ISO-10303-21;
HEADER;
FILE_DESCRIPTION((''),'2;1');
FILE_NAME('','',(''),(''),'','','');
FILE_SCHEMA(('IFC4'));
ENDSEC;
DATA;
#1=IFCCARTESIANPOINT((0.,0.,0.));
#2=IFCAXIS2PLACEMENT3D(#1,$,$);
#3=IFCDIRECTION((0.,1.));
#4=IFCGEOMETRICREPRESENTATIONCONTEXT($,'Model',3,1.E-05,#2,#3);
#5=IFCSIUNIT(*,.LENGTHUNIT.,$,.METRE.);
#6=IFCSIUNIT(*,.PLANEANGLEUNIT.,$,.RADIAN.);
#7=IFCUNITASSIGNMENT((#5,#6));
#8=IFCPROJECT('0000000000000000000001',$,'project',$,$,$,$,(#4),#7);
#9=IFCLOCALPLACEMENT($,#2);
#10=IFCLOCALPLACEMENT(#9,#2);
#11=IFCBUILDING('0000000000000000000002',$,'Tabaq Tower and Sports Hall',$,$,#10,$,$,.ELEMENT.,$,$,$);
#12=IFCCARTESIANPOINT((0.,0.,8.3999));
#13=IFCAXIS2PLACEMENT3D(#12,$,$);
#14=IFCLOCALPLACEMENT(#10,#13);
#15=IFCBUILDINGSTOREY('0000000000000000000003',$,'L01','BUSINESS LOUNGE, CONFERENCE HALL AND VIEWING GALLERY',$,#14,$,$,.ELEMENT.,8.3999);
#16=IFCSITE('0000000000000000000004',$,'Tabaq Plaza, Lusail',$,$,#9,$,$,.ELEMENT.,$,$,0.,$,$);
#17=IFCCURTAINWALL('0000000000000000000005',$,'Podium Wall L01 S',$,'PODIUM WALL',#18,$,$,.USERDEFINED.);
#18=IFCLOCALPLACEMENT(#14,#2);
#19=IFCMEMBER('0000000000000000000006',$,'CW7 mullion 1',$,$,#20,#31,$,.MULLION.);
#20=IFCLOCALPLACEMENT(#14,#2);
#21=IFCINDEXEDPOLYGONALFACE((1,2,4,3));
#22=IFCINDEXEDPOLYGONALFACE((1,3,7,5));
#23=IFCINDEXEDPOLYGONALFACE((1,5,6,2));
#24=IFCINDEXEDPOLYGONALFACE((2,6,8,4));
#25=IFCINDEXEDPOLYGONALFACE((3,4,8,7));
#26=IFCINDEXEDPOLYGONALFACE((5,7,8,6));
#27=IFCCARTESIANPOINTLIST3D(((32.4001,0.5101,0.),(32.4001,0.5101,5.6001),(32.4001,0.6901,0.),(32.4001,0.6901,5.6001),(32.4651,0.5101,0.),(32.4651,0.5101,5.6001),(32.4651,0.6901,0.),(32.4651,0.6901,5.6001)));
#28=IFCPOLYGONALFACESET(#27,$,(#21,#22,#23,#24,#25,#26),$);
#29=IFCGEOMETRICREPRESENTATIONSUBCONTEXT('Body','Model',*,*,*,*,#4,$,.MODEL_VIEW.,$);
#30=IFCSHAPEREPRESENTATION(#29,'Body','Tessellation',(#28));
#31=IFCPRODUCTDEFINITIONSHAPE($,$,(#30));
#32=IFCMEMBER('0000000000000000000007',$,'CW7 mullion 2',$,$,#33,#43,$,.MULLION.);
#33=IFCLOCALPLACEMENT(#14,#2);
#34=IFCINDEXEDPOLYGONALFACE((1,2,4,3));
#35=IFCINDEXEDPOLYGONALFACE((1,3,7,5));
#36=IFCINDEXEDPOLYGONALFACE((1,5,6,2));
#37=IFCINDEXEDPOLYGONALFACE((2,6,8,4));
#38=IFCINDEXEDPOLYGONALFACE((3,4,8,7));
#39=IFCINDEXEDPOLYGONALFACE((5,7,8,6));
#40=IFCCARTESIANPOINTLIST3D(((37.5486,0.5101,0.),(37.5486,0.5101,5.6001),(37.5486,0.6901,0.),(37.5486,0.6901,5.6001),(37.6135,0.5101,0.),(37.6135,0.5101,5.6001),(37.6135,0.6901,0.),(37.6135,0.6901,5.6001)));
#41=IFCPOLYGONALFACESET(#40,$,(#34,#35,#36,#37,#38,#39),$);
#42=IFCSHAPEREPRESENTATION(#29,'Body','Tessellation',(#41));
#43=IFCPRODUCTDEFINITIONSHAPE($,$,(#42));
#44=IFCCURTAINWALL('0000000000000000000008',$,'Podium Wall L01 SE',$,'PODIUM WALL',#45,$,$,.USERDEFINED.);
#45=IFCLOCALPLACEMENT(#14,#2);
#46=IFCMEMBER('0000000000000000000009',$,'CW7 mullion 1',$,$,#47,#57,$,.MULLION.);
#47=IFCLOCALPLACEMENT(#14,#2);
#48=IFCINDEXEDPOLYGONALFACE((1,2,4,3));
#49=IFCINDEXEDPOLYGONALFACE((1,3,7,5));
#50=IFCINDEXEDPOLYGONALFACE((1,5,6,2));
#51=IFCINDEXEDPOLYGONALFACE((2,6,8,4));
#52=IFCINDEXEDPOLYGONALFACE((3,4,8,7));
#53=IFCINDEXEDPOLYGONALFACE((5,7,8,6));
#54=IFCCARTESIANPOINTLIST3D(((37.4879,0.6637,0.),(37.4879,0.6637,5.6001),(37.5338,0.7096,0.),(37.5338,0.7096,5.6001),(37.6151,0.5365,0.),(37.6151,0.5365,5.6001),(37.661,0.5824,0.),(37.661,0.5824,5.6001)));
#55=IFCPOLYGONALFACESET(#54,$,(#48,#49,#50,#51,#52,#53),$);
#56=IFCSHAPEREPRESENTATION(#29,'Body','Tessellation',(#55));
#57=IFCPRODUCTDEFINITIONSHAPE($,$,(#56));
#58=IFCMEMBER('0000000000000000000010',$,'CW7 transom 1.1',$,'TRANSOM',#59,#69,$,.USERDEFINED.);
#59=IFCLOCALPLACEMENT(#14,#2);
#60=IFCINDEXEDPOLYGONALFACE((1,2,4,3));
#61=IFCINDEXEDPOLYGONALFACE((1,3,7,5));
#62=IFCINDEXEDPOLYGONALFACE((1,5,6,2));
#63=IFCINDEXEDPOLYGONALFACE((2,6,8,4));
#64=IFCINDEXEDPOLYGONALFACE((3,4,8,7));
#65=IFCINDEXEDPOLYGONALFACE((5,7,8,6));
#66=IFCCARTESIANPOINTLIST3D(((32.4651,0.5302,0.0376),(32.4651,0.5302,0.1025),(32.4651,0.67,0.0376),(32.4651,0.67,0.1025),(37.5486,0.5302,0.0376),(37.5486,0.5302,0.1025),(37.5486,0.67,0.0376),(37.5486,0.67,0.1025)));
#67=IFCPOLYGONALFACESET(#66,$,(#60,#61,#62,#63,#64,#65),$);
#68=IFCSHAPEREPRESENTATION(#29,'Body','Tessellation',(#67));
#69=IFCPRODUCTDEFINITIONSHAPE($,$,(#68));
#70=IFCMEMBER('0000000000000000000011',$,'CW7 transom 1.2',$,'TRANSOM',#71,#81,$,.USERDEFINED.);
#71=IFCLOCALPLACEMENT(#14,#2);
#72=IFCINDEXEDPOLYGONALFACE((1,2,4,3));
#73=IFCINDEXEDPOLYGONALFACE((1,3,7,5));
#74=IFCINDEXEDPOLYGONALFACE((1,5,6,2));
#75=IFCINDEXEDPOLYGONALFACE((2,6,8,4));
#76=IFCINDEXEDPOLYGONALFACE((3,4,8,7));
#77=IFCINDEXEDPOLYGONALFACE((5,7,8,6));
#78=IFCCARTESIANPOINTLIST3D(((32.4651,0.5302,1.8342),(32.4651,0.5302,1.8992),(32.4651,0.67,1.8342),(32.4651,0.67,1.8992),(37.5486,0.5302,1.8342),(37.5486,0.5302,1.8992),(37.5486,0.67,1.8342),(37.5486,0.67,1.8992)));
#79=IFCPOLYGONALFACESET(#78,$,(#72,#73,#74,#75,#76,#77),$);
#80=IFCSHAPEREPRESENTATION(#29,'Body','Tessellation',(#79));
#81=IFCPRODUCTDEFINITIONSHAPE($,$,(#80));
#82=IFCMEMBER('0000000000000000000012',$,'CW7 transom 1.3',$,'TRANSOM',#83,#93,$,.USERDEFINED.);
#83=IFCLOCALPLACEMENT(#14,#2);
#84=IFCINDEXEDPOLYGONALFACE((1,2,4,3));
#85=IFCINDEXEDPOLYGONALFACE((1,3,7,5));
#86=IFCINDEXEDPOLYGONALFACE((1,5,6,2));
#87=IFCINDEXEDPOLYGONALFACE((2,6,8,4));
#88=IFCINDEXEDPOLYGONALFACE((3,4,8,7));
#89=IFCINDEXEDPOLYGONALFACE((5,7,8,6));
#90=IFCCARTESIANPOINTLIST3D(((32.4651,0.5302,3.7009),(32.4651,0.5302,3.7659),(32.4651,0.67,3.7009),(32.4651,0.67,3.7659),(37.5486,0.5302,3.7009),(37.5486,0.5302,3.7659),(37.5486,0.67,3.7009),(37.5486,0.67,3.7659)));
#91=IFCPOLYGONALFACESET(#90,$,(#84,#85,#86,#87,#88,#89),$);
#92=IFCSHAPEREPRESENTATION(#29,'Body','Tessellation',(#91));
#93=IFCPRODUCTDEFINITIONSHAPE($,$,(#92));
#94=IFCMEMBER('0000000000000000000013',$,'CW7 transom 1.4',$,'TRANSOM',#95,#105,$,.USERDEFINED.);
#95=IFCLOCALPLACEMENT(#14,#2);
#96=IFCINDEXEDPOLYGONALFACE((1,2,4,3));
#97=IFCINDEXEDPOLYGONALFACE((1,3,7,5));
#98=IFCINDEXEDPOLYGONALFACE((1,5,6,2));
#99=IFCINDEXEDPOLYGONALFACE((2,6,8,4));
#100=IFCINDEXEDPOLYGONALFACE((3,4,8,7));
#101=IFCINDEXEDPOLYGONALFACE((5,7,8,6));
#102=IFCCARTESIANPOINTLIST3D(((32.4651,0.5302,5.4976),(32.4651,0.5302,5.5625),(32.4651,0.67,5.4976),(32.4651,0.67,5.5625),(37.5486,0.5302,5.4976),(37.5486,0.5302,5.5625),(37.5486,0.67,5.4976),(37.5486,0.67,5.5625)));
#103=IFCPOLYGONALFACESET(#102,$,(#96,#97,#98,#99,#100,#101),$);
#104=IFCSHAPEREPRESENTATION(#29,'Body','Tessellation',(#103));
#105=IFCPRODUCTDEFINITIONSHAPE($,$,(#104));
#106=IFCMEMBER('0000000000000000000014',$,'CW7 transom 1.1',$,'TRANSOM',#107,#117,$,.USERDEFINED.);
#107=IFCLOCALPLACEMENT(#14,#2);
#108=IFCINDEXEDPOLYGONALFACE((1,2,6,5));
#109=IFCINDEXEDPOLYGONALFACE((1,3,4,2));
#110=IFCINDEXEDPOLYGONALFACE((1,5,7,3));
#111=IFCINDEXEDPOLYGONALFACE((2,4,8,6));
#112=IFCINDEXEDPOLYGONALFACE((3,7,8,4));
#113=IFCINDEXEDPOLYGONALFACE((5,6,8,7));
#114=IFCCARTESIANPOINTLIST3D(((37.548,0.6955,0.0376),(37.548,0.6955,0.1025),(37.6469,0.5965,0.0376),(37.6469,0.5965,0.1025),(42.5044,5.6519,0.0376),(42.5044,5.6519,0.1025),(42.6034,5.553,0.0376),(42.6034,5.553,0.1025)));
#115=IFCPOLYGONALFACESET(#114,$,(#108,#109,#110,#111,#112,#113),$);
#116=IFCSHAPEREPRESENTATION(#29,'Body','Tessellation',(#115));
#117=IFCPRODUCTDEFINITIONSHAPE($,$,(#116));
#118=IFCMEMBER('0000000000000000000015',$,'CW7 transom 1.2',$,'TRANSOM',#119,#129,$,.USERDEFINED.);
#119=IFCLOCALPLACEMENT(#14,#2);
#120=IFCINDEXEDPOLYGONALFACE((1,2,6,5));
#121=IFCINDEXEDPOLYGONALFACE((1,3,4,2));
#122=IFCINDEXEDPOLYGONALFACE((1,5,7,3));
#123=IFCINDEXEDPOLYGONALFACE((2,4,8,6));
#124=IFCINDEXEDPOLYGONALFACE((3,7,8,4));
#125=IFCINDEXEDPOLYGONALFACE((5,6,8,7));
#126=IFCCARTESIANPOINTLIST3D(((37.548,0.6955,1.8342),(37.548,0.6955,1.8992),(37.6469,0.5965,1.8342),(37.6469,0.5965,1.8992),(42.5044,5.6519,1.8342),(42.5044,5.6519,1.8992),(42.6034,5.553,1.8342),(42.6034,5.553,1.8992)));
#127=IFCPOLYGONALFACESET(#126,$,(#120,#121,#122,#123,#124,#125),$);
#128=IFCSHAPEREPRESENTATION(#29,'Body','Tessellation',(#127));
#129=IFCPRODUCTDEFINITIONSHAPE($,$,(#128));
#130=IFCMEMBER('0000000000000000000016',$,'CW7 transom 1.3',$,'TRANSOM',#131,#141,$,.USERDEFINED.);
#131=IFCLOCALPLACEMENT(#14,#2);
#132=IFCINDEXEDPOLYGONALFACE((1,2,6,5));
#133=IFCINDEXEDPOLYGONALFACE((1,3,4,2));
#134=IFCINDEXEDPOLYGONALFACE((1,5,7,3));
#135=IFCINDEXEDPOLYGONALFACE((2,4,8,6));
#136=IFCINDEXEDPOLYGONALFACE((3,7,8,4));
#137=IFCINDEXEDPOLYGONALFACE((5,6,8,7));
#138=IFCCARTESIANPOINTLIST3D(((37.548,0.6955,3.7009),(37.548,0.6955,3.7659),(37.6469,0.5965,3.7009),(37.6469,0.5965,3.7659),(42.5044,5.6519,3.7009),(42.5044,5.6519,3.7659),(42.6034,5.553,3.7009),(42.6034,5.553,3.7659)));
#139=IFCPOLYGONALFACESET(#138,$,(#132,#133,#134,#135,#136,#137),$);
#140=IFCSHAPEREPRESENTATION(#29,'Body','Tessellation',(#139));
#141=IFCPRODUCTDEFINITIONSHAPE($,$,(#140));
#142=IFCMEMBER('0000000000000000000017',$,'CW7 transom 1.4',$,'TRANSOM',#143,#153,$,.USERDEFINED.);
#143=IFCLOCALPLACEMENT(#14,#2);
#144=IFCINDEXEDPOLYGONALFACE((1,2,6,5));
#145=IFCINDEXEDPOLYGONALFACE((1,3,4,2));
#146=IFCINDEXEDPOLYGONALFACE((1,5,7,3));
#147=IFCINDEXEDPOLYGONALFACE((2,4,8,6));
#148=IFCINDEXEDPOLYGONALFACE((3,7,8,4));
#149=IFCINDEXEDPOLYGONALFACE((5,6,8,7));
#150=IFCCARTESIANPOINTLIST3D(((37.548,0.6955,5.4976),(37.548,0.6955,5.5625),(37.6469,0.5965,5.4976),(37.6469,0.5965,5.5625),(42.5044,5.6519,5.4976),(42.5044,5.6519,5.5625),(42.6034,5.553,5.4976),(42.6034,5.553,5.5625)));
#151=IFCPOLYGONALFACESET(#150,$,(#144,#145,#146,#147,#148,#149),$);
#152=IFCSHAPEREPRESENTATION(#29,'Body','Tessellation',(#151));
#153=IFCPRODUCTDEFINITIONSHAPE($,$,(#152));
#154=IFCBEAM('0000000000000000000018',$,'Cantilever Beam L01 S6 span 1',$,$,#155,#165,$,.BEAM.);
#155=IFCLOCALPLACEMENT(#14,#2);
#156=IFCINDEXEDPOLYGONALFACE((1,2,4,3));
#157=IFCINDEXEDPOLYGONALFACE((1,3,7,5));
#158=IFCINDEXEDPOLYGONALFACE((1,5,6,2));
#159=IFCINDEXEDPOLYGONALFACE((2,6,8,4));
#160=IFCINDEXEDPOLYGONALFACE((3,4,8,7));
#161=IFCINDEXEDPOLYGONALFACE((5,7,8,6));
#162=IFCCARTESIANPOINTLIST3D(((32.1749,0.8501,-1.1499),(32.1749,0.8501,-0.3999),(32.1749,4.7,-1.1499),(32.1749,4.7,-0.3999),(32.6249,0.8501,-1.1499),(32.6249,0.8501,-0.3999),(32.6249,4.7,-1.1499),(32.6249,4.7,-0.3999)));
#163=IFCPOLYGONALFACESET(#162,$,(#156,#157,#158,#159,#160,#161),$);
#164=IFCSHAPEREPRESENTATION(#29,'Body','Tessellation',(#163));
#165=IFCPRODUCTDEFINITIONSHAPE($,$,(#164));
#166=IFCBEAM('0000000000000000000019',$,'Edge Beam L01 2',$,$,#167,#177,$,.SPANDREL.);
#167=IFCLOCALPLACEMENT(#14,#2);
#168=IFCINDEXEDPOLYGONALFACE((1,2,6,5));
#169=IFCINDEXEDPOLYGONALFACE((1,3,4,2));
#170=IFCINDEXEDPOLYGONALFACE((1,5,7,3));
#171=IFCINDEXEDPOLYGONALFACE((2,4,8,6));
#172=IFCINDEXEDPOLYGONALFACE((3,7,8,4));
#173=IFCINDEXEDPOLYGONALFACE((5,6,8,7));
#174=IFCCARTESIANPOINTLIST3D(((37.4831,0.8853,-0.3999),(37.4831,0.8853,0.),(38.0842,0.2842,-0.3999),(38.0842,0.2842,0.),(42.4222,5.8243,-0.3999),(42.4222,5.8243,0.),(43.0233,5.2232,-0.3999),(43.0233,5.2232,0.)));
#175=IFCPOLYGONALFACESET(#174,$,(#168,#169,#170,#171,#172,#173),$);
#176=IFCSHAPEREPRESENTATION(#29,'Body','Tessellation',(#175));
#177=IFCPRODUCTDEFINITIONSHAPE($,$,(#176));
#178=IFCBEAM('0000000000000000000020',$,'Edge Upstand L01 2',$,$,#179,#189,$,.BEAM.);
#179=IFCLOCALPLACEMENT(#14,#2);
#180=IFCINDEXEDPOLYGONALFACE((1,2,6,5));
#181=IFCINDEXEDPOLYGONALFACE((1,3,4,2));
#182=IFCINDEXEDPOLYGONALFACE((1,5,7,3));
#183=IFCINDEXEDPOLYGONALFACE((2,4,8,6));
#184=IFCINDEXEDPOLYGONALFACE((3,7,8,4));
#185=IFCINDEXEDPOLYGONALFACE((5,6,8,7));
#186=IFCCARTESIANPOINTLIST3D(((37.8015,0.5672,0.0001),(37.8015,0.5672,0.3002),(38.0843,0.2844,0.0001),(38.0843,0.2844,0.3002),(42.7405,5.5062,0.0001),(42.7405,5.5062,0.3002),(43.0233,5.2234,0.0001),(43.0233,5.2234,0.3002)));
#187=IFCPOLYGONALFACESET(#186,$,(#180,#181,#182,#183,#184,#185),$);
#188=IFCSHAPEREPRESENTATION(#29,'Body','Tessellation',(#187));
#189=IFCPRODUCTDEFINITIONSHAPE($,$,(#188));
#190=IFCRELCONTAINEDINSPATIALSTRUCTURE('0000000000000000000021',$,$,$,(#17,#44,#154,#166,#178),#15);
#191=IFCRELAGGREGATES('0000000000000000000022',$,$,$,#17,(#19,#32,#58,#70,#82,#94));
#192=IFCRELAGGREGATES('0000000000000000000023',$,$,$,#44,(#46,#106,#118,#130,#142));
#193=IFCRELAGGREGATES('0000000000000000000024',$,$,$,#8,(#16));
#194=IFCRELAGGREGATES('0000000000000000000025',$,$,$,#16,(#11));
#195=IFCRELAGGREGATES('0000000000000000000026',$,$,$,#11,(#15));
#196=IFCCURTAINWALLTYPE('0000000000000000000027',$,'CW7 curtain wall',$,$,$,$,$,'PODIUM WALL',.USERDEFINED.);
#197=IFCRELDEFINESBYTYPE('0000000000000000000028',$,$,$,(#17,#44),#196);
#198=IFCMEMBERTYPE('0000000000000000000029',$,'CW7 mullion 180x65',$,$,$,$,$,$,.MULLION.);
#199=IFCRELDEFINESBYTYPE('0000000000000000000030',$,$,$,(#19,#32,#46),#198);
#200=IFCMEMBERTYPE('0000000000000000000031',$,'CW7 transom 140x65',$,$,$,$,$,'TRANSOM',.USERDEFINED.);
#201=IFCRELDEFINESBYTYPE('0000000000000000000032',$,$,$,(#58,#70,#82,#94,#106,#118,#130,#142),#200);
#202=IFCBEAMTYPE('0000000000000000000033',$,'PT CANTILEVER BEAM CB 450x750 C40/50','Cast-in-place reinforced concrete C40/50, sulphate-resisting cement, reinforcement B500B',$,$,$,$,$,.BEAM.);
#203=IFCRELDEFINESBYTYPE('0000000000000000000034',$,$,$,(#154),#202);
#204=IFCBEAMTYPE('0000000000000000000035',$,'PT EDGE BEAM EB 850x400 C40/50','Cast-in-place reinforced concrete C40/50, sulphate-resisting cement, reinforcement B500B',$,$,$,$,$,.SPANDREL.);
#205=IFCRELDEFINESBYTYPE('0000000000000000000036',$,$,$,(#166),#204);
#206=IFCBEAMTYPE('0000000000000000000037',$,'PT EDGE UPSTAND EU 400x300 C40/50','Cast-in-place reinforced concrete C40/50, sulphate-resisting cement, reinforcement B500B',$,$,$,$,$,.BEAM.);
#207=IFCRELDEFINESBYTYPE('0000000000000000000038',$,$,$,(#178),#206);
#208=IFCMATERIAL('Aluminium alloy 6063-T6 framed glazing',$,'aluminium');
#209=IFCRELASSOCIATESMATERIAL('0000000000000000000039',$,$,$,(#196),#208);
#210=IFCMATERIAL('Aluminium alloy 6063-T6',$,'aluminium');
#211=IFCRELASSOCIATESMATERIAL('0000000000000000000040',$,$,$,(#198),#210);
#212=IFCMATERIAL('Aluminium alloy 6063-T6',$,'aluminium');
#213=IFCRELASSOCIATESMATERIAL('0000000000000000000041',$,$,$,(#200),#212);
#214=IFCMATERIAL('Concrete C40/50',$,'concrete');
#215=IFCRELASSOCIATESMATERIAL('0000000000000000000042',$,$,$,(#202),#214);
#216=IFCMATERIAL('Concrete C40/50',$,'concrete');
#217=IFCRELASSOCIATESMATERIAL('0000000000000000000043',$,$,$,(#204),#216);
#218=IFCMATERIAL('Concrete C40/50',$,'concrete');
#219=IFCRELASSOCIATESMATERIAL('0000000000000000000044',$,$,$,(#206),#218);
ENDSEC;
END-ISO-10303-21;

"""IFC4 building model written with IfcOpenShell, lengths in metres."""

from ifc_helpers import new_model, si_unit, direction, frame, origin, origin_2d, place, context, subcontext, project, spatial, rectangle, extrude, material, material_profile, profile_set, type_object, element, aggregate, save


model = new_model("IFC4")

# Units and contexts
model_context = context("Model", 3, precision=1e-05, world=origin(), true_north=direction((0.0, 1.0)))
body_context = subcontext(model_context, "Body", "Model", "MODEL_VIEW")
ifc_project = project(units=[si_unit("LENGTHUNIT", "METRE"), si_unit("PLANEANGLEUNIT", "RADIAN")], contexts=[model_context])

# Site, building, storey
site_placement = place(None, origin())
site = spatial("IfcSite", under=ifc_project, at=site_placement, Name="Tabaq Plaza, Lusail", CompositionType="ELEMENT", RefElevation=0.0)
building_placement = place(site_placement, origin())
building = spatial("IfcBuilding", under=site, at=building_placement, Name="Tabaq Tower and Sports Hall", CompositionType="ELEMENT")
storey_placement = place(building_placement, frame((0.0, 0.0, 8.3999)))
storey = spatial("IfcBuildingStorey", under=building, at=storey_placement, Name="L01", Description="BUSINESS LOUNGE, CONFERENCE HALL AND VIEWING GALLERY", CompositionType="ELEMENT", Elevation=8.3999)

# Curtain wall, members
ifc_material_1 = material(Name="Aluminium alloy 6063-T6 framed glazing", Category="aluminium")
curtain_wall_type = type_object("IfcCurtainWallType", Name="CW7 curtain wall", ElementType="PODIUM WALL", PredefinedType="USERDEFINED", material=ifc_material_1)
curtain_wall_1_placement = place(storey_placement, origin())
curtain_wall_1 = element("IfcCurtainWall", 1, at=curtain_wall_1_placement, inside=storey, type_object=curtain_wall_type, Name="Podium Wall L01 S", ObjectType="PODIUM WALL", PredefinedType="USERDEFINED")
ifc_material_2 = material(Name="Aluminium alloy 6063-T6", Category="aluminium")
ifc_material_profile_1 = material_profile(ifc_material_2, rectangle(XDim=0.1799, YDim=0.0649, at=origin_2d()), Name="MULLION 180x65")
ifc_profile_set_1 = profile_set([ifc_material_profile_1], Name="Aluminium alloy 6063-T6")
member_type_1 = type_object("IfcMemberType", Name="CW7 mullion 180x65", PredefinedType="MULLION", material=ifc_profile_set_1)
member_1_placement = place(storey_placement, frame((32.4326, 0.6001, 0.0), z_axis=(0.0, 0.0, 1.0), x_axis=(0.0, 1.0, 0.0)))
member_1 = element("IfcMember", 2, at=member_1_placement, type_object=member_type_1, Name="CW7 mullion 1", PredefinedType="MULLION", context=body_context, shape_type="SweptSolid", body=[
    extrude(rectangle(XDim=0.1799, YDim=0.0649, at=origin_2d()), origin(), (0.0, 0.0, 1.0), 5.6001),
])
member_2_placement = place(storey_placement, frame((37.5811, 0.6001, 0.0), z_axis=(0.0, 0.0, 1.0), x_axis=(0.0, 1.0, 0.0)))
member_2 = element("IfcMember", 3, at=member_2_placement, type_object=member_type_1, Name="CW7 mullion 2", PredefinedType="MULLION", context=body_context, shape_type="SweptSolid", body=[
    extrude(rectangle(XDim=0.1799, YDim=0.0649, at=origin_2d()), origin(), (0.0, 0.0, 1.0), 5.6001),
])

# Curtain wall, member
curtain_wall_2_placement = place(storey_placement, origin())
curtain_wall_2 = element("IfcCurtainWall", 4, at=curtain_wall_2_placement, inside=storey, type_object=curtain_wall_type, Name="Podium Wall L01 SE", ObjectType="PODIUM WALL", PredefinedType="USERDEFINED")
member_3_placement = place(storey_placement, frame((37.5745, 0.623, 0.0), z_axis=(0.0, 0.0, 1.0), x_axis=(-0.707107, 0.707107, 0.0)))
member_3 = element("IfcMember", 5, at=member_3_placement, type_object=member_type_1, Name="CW7 mullion 1", PredefinedType="MULLION", context=body_context, shape_type="SweptSolid", body=[
    extrude(rectangle(XDim=0.1799, YDim=0.0649, at=origin_2d()), origin(), (0.0, 0.0, 1.0), 5.6001),
])

# Members
ifc_material_3 = material(Name="Aluminium alloy 6063-T6", Category="aluminium")
ifc_material_profile_2 = material_profile(ifc_material_3, rectangle(XDim=0.1399, YDim=0.0649, at=origin_2d()), Name="TRANSOM 140x65")
ifc_profile_set_2 = profile_set([ifc_material_profile_2], Name="Aluminium alloy 6063-T6")
member_type_2 = type_object("IfcMemberType", Name="CW7 transom 140x65", ElementType="TRANSOM", PredefinedType="USERDEFINED", material=ifc_profile_set_2)
member_4_placement = place(storey_placement, frame((32.4651, 0.6001, 0.0701), z_axis=(1.0, 0.0, 0.0), x_axis=(0.0, 1.0, 0.0)))
member_4 = element("IfcMember", 6, at=member_4_placement, type_object=member_type_2, Name="CW7 transom 1.1", ObjectType="TRANSOM", PredefinedType="USERDEFINED", context=body_context, shape_type="SweptSolid", body=[
    extrude(rectangle(XDim=0.1399, YDim=0.0649, at=origin_2d()), origin(), (0.0, 0.0, 1.0), 5.0835),
])
member_5_placement = place(storey_placement, frame((32.4651, 0.6001, 1.8667), z_axis=(1.0, 0.0, 0.0), x_axis=(0.0, 1.0, 0.0)))
member_5 = element("IfcMember", 7, at=member_5_placement, type_object=member_type_2, Name="CW7 transom 1.2", ObjectType="TRANSOM", PredefinedType="USERDEFINED", context=body_context, shape_type="SweptSolid", body=[
    extrude(rectangle(XDim=0.1399, YDim=0.0649, at=origin_2d()), origin(), (0.0, 0.0, 1.0), 5.0835),
])
member_6_placement = place(storey_placement, frame((32.4651, 0.6001, 3.7334), z_axis=(1.0, 0.0, 0.0), x_axis=(0.0, 1.0, 0.0)))
member_6 = element("IfcMember", 8, at=member_6_placement, type_object=member_type_2, Name="CW7 transom 1.3", ObjectType="TRANSOM", PredefinedType="USERDEFINED", context=body_context, shape_type="SweptSolid", body=[
    extrude(rectangle(XDim=0.1399, YDim=0.0649, at=origin_2d()), origin(), (0.0, 0.0, 1.0), 5.0835),
])
member_7_placement = place(storey_placement, frame((32.4651, 0.6001, 5.53), z_axis=(1.0, 0.0, 0.0), x_axis=(0.0, 1.0, 0.0)))
member_7 = element("IfcMember", 9, at=member_7_placement, type_object=member_type_2, Name="CW7 transom 1.4", ObjectType="TRANSOM", PredefinedType="USERDEFINED", context=body_context, shape_type="SweptSolid", body=[
    extrude(rectangle(XDim=0.1399, YDim=0.0649, at=origin_2d()), origin(), (0.0, 0.0, 1.0), 5.0835),
])
member_8_placement = place(storey_placement, frame((37.5974, 0.646, 0.0701), z_axis=(0.707107, 0.707107, 0.0), x_axis=(-0.707107, 0.707107, 0.0)))
member_8 = element("IfcMember", 10, at=member_8_placement, type_object=member_type_2, Name="CW7 transom 1.1", ObjectType="TRANSOM", PredefinedType="USERDEFINED", context=body_context, shape_type="SweptSolid", body=[
    extrude(rectangle(XDim=0.1399, YDim=0.0649, at=origin_2d()), origin(), (0.0, 0.0, 1.0), 7.0095),
])
member_9_placement = place(storey_placement, frame((37.5974, 0.646, 1.8667), z_axis=(0.707107, 0.707107, 0.0), x_axis=(-0.707107, 0.707107, 0.0)))
member_9 = element("IfcMember", 11, at=member_9_placement, type_object=member_type_2, Name="CW7 transom 1.2", ObjectType="TRANSOM", PredefinedType="USERDEFINED", context=body_context, shape_type="SweptSolid", body=[
    extrude(rectangle(XDim=0.1399, YDim=0.0649, at=origin_2d()), origin(), (0.0, 0.0, 1.0), 7.0095),
])
member_10_placement = place(storey_placement, frame((37.5974, 0.646, 3.7334), z_axis=(0.707107, 0.707107, 0.0), x_axis=(-0.707107, 0.707107, 0.0)))
member_10 = element("IfcMember", 12, at=member_10_placement, type_object=member_type_2, Name="CW7 transom 1.3", ObjectType="TRANSOM", PredefinedType="USERDEFINED", context=body_context, shape_type="SweptSolid", body=[
    extrude(rectangle(XDim=0.1399, YDim=0.0649, at=origin_2d()), origin(), (0.0, 0.0, 1.0), 7.0095),
])
member_11_placement = place(storey_placement, frame((37.5974, 0.646, 5.53), z_axis=(0.707107, 0.707107, 0.0), x_axis=(-0.707107, 0.707107, 0.0)))
member_11 = element("IfcMember", 13, at=member_11_placement, type_object=member_type_2, Name="CW7 transom 1.4", ObjectType="TRANSOM", PredefinedType="USERDEFINED", context=body_context, shape_type="SweptSolid", body=[
    extrude(rectangle(XDim=0.1399, YDim=0.0649, at=origin_2d()), origin(), (0.0, 0.0, 1.0), 7.0095),
])

# Beams
ifc_material_4 = material(Name="Concrete C40/50", Category="concrete")
ifc_material_profile_3 = material_profile(ifc_material_4, rectangle(XDim=0.45, YDim=0.75, at=origin_2d()), Name="CB 450x750")
ifc_profile_set_3 = profile_set([ifc_material_profile_3], Name="Concrete C40/50")
beam_type_1 = type_object("IfcBeamType", Name="PT CANTILEVER BEAM CB 450x750 C40/50", Description="Cast-in-place reinforced concrete C40/50, sulphate-resisting cement, reinforcement B500B", PredefinedType="BEAM", material=ifc_profile_set_3)
beam_1_placement = place(storey_placement, frame((32.3999, 0.8501, -0.7749), z_axis=(0.0, 1.0, 0.0), x_axis=(-1.0, 0.0, 0.0)))
element("IfcBeam", 14, at=beam_1_placement, inside=storey, type_object=beam_type_1, Name="Cantilever Beam L01 S6 span 1", PredefinedType="BEAM", context=body_context, shape_type="SweptSolid", body=[
    extrude(rectangle(XDim=0.45, YDim=0.75, at=origin_2d()), origin(), (0.0, 0.0, 1.0), 3.8499),
])
ifc_material_5 = material(Name="Concrete C40/50", Category="concrete")
ifc_material_profile_4 = material_profile(ifc_material_5, rectangle(XDim=0.8501, YDim=0.3999, at=origin_2d()), Name="EB 850x400")
ifc_profile_set_4 = profile_set([ifc_material_profile_4], Name="Concrete C40/50")
beam_type_2 = type_object("IfcBeamType", Name="PT EDGE BEAM EB 850x400 C40/50", Description="Cast-in-place reinforced concrete C40/50, sulphate-resisting cement, reinforcement B500B", PredefinedType="SPANDREL", material=ifc_profile_set_4)
beam_2_placement = place(storey_placement, frame((37.7837, 0.5847, -0.2), z_axis=(0.707107, 0.707107, 0.0), x_axis=(-0.707107, 0.707107, 0.0)))
element("IfcBeam", 15, at=beam_2_placement, inside=storey, type_object=beam_type_2, Name="Edge Beam L01 2", PredefinedType="SPANDREL", context=body_context, shape_type="SweptSolid", body=[
    extrude(rectangle(XDim=0.8501, YDim=0.3999, at=origin_2d()), origin(), (0.0, 0.0, 1.0), 6.9849),
])
ifc_material_6 = material(Name="Concrete C40/50", Category="concrete")
ifc_material_profile_5 = material_profile(ifc_material_6, rectangle(XDim=0.3999, YDim=0.3, at=origin_2d()), Name="EU 400x300")
ifc_profile_set_5 = profile_set([ifc_material_profile_5], Name="Concrete C40/50")
beam_type_3 = type_object("IfcBeamType", Name="PT EDGE UPSTAND EU 400x300 C40/50", Description="Cast-in-place reinforced concrete C40/50, sulphate-resisting cement, reinforcement B500B", PredefinedType="BEAM", material=ifc_profile_set_5)
beam_3_placement = place(storey_placement, frame((37.9429, 0.4258, 0.1501), z_axis=(0.707107, 0.707107, 0.0), x_axis=(-0.707107, 0.707107, 0.0)))
element("IfcBeam", 16, at=beam_3_placement, inside=storey, type_object=beam_type_3, Name="Edge Upstand L01 2", PredefinedType="BEAM", context=body_context, shape_type="SweptSolid", body=[
    extrude(rectangle(XDim=0.3999, YDim=0.3, at=origin_2d()), origin(), (0.0, 0.0, 1.0), 6.9849),
])

aggregate(curtain_wall_1, [member_1, member_2, member_4, member_5, member_6, member_7])
aggregate(curtain_wall_2, [member_3, member_8, member_9, member_10, member_11])

save(model, "model.ifc")
